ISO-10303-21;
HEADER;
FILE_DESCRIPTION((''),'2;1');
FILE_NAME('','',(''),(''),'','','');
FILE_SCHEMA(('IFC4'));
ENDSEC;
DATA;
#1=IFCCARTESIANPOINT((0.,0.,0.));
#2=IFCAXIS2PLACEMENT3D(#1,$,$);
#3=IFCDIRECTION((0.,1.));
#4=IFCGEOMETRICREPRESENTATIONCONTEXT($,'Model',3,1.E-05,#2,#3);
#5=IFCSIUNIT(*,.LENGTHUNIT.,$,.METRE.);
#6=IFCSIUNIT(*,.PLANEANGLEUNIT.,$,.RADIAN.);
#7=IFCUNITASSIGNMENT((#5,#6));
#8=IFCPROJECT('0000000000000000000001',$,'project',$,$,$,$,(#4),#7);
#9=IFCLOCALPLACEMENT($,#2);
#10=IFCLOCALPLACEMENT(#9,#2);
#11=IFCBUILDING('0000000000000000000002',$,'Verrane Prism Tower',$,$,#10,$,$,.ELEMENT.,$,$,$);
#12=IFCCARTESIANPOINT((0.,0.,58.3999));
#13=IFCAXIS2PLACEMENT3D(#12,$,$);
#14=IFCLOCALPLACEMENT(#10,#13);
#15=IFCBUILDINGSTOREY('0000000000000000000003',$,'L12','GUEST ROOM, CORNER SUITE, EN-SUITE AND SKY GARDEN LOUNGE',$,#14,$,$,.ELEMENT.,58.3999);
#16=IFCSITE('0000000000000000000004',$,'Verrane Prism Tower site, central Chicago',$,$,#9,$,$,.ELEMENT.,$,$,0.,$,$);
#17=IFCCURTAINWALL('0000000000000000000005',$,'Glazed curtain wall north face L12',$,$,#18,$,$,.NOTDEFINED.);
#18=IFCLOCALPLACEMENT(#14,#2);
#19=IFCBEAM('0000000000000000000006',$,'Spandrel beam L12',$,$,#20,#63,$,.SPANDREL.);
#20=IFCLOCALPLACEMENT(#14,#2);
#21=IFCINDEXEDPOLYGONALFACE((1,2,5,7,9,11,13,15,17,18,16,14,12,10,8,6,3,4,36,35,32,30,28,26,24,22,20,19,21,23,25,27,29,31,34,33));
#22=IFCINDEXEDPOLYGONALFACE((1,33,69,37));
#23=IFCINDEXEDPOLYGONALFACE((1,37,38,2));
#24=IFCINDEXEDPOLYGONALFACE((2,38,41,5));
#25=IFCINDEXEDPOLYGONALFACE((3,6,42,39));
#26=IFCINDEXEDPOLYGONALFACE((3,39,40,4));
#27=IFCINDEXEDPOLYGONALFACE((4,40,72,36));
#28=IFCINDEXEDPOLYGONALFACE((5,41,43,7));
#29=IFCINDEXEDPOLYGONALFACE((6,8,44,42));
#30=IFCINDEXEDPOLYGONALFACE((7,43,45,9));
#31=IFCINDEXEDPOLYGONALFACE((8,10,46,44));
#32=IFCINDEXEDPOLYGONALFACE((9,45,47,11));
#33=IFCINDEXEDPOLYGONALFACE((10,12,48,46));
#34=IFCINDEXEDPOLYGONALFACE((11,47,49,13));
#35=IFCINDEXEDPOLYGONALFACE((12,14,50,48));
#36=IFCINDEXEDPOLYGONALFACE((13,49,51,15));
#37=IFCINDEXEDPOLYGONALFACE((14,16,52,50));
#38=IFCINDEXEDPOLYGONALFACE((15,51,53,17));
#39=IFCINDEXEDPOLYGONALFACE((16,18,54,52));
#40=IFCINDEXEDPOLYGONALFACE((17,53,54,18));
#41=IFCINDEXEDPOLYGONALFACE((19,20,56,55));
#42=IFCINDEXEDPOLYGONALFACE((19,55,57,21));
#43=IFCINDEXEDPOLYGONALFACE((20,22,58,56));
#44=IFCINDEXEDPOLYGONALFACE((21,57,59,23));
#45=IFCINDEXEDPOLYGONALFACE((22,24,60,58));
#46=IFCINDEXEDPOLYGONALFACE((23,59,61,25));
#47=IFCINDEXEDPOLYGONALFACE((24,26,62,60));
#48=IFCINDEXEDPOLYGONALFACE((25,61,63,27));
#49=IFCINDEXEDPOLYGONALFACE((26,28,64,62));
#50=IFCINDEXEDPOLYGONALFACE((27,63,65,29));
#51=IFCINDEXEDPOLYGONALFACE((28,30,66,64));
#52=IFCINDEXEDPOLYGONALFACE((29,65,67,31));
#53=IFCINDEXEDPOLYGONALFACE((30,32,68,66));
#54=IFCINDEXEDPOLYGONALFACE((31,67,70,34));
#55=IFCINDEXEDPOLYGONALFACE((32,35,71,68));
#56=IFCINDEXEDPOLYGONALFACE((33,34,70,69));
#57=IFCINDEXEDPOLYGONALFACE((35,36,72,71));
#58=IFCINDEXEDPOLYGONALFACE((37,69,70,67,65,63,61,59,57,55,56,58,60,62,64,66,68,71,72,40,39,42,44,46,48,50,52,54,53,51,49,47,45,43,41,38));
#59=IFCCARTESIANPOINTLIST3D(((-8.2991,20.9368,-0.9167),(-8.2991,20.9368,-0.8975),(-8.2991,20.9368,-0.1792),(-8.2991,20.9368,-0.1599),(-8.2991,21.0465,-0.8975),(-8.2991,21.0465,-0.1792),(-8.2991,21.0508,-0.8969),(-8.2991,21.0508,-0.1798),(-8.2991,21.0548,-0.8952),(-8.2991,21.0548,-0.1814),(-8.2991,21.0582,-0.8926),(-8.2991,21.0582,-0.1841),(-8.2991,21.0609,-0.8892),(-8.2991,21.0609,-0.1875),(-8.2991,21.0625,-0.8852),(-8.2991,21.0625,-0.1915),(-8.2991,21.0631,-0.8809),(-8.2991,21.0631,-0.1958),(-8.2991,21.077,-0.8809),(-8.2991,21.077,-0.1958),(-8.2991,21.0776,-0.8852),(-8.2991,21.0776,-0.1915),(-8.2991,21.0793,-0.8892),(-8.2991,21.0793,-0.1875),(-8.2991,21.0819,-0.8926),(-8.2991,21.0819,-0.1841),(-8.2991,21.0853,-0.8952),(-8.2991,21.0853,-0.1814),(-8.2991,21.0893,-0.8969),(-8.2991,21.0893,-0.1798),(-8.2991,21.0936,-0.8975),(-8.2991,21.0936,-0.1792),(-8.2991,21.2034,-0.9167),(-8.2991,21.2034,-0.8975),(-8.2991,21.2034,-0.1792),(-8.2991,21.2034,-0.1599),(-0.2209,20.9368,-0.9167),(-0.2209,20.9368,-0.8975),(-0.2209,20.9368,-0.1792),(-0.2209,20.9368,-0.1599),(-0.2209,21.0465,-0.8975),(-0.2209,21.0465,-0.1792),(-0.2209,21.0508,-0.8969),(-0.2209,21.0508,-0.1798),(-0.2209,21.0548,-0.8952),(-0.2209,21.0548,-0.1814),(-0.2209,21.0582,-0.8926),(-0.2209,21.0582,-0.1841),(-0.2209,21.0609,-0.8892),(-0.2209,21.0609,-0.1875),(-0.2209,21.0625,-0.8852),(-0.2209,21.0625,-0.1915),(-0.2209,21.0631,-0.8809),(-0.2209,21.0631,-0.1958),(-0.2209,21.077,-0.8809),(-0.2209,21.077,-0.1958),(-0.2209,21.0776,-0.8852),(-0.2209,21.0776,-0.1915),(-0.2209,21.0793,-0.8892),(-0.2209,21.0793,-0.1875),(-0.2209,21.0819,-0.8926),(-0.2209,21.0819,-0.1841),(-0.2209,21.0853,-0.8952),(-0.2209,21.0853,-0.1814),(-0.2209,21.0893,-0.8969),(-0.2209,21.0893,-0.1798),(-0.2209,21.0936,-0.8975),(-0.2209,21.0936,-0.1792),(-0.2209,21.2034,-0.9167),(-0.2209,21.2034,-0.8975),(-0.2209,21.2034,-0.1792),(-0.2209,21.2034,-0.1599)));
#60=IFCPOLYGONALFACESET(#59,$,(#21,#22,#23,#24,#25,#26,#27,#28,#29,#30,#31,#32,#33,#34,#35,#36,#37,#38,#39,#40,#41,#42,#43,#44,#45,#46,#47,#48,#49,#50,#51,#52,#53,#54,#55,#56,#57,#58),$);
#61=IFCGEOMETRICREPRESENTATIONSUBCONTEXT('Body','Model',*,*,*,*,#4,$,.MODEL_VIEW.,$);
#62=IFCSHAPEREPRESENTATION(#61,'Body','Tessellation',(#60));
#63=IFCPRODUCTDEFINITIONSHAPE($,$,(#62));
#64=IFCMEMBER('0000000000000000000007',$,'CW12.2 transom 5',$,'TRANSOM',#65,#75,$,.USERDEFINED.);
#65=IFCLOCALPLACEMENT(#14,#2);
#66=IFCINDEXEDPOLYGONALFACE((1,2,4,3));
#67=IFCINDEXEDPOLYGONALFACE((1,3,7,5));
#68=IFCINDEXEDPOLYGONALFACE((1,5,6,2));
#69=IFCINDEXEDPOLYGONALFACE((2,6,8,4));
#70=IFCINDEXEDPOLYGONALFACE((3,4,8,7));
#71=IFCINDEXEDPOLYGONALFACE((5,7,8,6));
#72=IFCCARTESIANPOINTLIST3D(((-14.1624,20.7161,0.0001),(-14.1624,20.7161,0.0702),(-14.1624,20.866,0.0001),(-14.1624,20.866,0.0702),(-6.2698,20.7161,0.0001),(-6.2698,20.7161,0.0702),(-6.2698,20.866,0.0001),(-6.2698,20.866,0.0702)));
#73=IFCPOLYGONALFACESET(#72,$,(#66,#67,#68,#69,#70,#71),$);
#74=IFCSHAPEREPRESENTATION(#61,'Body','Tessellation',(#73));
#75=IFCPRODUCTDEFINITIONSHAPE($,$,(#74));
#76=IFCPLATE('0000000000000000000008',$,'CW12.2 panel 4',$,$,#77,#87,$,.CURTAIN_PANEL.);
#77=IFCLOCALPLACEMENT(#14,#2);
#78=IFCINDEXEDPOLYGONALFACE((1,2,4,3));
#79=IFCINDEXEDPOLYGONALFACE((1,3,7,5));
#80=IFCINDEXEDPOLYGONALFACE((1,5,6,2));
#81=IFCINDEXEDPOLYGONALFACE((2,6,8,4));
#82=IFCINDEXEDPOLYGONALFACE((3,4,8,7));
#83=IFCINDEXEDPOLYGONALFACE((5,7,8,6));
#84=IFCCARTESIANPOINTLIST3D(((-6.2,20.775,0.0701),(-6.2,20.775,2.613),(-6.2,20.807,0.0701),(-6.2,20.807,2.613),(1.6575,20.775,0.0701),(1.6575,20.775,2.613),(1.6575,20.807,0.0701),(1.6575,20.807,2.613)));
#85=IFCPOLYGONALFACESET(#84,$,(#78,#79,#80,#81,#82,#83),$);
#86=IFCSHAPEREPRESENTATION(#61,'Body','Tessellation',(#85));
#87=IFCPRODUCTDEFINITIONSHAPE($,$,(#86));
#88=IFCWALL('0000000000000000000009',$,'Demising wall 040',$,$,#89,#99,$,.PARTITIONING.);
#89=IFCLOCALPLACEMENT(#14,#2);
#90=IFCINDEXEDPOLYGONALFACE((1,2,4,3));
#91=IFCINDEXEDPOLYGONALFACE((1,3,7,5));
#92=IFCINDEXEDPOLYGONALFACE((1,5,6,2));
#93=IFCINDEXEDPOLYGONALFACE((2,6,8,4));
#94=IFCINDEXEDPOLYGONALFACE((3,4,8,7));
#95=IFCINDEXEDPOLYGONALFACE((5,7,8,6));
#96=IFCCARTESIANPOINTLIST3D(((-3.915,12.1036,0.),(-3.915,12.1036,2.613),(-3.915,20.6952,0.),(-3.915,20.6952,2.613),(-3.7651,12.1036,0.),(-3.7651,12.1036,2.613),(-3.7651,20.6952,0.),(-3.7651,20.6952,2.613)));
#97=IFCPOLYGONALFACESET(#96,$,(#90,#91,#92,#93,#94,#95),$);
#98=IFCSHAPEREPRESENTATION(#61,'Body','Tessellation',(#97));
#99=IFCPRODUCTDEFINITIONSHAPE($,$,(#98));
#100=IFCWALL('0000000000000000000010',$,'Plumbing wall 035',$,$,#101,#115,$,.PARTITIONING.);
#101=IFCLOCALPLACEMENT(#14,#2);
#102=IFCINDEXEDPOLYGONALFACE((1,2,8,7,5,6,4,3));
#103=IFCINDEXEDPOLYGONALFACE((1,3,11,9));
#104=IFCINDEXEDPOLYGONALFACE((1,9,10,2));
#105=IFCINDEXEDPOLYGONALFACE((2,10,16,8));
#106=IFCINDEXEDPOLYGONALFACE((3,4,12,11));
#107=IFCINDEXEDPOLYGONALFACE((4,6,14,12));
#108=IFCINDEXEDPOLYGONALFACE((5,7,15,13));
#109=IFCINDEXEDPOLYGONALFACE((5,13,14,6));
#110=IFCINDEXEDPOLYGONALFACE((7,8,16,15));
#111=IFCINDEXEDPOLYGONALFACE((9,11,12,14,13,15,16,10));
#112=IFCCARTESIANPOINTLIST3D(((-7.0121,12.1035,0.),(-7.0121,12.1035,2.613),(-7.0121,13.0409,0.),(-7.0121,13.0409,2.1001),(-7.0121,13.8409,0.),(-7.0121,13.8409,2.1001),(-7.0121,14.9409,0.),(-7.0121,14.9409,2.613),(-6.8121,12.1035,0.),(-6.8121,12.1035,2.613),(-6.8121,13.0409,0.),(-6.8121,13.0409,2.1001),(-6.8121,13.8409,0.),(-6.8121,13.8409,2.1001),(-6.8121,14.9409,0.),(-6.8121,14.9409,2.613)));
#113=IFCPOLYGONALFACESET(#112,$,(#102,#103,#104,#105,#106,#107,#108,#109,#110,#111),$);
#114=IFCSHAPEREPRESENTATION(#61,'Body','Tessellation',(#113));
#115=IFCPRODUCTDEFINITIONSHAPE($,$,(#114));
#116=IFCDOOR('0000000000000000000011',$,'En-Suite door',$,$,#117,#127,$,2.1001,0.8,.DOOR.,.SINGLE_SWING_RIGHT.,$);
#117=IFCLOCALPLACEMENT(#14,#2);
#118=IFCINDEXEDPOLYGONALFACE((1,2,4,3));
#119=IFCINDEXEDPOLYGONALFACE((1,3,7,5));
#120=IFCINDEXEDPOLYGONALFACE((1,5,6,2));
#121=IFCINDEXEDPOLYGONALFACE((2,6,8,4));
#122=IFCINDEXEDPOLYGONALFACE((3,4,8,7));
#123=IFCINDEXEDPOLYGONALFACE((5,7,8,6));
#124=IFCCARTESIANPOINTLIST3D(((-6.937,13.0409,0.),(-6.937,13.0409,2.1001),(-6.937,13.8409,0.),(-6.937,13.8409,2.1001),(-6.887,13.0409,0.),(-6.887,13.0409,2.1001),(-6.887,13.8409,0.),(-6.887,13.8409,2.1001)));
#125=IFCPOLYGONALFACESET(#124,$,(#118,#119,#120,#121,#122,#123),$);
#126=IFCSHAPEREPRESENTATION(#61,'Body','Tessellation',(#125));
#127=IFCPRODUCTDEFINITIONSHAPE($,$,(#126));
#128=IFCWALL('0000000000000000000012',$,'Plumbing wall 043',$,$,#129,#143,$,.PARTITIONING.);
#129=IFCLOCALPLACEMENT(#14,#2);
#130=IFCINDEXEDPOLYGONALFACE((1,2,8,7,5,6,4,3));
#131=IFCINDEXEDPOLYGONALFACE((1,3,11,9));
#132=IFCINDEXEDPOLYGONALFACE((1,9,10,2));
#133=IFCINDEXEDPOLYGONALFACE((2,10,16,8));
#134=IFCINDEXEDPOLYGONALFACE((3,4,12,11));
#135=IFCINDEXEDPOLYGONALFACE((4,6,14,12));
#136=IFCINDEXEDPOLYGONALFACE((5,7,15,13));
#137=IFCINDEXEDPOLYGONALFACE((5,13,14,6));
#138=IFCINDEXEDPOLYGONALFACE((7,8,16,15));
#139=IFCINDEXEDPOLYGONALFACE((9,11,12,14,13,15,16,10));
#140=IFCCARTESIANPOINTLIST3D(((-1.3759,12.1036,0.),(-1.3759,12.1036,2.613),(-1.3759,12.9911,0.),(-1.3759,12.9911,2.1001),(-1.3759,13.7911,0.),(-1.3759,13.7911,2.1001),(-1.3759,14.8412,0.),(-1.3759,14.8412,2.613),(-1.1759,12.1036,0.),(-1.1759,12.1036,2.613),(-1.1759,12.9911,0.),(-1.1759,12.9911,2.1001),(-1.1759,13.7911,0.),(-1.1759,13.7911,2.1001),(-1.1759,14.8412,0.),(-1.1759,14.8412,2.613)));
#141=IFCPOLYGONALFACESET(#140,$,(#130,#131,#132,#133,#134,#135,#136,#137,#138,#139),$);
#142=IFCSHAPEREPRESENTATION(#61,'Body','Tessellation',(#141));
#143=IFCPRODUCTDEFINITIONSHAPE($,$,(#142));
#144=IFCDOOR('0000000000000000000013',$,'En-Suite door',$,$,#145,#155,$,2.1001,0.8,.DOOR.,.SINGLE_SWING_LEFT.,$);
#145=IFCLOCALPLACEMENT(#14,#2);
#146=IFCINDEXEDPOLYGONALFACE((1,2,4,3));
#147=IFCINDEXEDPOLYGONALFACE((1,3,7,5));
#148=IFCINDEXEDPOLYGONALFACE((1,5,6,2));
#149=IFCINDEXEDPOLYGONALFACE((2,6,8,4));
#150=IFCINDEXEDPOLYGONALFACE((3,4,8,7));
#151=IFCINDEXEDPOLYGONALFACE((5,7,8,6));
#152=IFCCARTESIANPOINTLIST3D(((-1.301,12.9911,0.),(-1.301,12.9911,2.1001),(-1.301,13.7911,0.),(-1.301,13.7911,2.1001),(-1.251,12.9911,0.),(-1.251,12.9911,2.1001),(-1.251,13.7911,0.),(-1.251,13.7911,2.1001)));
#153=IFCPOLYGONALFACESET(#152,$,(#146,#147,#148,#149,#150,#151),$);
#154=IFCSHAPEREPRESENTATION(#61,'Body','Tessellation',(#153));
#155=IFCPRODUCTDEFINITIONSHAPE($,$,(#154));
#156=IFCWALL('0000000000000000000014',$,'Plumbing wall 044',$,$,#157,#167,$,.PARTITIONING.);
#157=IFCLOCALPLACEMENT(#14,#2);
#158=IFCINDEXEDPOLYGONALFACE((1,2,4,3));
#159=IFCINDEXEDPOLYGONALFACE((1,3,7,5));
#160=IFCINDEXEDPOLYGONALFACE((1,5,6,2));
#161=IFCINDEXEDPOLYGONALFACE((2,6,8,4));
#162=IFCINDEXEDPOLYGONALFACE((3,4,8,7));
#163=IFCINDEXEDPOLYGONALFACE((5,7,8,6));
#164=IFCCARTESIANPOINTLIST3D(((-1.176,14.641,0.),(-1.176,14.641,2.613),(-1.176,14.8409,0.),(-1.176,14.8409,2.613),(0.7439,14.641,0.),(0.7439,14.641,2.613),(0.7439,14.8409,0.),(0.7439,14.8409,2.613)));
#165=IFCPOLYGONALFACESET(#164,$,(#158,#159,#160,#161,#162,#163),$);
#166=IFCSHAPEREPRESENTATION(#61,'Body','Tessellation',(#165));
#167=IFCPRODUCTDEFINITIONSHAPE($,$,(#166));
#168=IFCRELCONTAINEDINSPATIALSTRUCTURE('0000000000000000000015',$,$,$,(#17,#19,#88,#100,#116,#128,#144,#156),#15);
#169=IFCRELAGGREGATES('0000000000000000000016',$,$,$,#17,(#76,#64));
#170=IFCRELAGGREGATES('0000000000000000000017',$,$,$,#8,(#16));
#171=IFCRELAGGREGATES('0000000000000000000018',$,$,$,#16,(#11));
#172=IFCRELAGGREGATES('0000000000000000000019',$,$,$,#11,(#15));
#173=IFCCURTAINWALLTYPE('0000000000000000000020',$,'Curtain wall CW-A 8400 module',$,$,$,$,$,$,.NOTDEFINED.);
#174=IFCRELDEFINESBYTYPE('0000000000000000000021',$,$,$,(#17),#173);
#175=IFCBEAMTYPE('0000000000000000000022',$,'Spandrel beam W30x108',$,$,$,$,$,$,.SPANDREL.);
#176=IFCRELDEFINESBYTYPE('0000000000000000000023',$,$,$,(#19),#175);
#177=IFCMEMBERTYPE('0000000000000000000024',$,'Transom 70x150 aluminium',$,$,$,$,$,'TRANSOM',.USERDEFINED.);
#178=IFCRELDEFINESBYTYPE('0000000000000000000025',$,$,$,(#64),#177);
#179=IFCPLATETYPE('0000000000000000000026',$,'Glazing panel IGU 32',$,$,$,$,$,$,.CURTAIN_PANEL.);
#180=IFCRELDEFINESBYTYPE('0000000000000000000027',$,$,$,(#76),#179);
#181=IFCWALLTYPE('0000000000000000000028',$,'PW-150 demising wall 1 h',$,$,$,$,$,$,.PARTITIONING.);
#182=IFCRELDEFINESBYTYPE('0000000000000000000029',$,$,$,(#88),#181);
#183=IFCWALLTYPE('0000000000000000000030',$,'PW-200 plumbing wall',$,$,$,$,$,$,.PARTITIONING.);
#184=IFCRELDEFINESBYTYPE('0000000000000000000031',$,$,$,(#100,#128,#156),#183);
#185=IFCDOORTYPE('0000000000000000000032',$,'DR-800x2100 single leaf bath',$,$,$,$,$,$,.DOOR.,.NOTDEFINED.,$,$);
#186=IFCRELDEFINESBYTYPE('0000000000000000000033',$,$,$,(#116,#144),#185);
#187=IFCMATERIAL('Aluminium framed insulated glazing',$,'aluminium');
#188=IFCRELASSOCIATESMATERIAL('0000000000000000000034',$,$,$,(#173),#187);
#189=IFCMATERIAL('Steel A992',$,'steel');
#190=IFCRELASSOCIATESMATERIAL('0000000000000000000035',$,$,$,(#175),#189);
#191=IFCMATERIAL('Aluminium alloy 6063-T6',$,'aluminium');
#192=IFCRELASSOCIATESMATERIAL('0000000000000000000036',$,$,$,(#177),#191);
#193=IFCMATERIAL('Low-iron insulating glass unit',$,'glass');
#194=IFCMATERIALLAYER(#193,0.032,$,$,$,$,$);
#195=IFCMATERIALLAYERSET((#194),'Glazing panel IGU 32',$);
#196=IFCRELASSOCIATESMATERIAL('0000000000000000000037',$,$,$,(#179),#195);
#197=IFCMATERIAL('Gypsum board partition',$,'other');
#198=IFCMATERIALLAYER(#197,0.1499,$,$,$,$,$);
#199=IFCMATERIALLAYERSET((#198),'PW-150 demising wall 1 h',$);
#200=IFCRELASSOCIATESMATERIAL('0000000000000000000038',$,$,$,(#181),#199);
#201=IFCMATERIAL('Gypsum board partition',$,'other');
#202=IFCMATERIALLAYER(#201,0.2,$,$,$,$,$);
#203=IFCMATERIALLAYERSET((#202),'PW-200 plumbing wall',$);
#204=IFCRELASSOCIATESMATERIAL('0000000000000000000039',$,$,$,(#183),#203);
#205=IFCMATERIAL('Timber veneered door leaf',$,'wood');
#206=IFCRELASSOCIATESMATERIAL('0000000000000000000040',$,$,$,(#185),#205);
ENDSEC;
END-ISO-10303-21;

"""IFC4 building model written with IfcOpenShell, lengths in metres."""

from ifc_helpers import new_model, si_unit, direction, frame, frame_2d, origin, origin_2d, place, context, subcontext, project, spatial, rectangle, i_section, extrude, material, layer, layer_set, material_profile, profile_set, type_object, element, fill, aggregate, save


model = new_model("IFC4")

# Units and contexts
model_context = context("Model", 3, precision=1e-05, world=origin(), true_north=direction((0.0, 1.0)))
body_context = subcontext(model_context, "Body", "Model", "MODEL_VIEW")
ifc_project = project(units=[si_unit("LENGTHUNIT", "METRE"), si_unit("PLANEANGLEUNIT", "RADIAN")], contexts=[model_context])

# Site, building, storey
site_placement = place(None, origin())
site = spatial("IfcSite", under=ifc_project, at=site_placement, Name="Verrane Prism Tower site, central Chicago", CompositionType="ELEMENT", RefElevation=0.0)
building_placement = place(site_placement, origin())
building = spatial("IfcBuilding", under=site, at=building_placement, Name="Verrane Prism Tower", CompositionType="ELEMENT")
storey_placement = place(building_placement, frame((0.0, 0.0, 58.3999)))
storey = spatial("IfcBuildingStorey", under=building, at=storey_placement, Name="L12", Description="GUEST ROOM, CORNER SUITE, EN-SUITE AND SKY GARDEN LOUNGE", CompositionType="ELEMENT", Elevation=58.3999)

# Curtain wall
ifc_material_1 = material(Name="Aluminium framed insulated glazing", Category="aluminium")
curtain_wall_type = type_object("IfcCurtainWallType", Name="Curtain wall CW-A 8400 module", PredefinedType="NOTDEFINED", material=ifc_material_1)
curtain_wall_placement = place(storey_placement, origin())
curtain_wall = element("IfcCurtainWall", 1, at=curtain_wall_placement, inside=storey, type_object=curtain_wall_type, Name="Glazed curtain wall north face L12", PredefinedType="NOTDEFINED")

# Beam
ifc_material_2 = material(Name="Steel A992", Category="steel")
ifc_material_profile_1 = material_profile(ifc_material_2, i_section(OverallWidth=0.2666, OverallDepth=0.7568, WebThickness=0.0139, FlangeThickness=0.0193, FilletRadius=0.0166, at=origin_2d()), Name="W30x108")
ifc_profile_set_1 = profile_set([ifc_material_profile_1], Name="Steel A992")
beam_type_1 = type_object("IfcBeamType", Name="Spandrel beam W30x108", PredefinedType="SPANDREL", material=ifc_profile_set_1)
beam_1_placement = place(storey_placement, frame((-0.2209, 21.0701, -0.5383), z_axis=(-1.0, 0.0, 0.0), x_axis=(0.0, -1.0, 0.0)))
element("IfcBeam", 2, at=beam_1_placement, inside=storey, type_object=beam_type_1, Name="Spandrel beam L12", PredefinedType="SPANDREL", context=body_context, shape_type="SweptSolid", body=[
    extrude(i_section(OverallWidth=0.2666, OverallDepth=0.7568, WebThickness=0.0139, FlangeThickness=0.0193, FilletRadius=0.0166, at=origin_2d()), origin(), (0.0, 0.0, 1.0), 8.0781),
])

# Member
ifc_material_3 = material(Name="Aluminium alloy 6063-T6", Category="aluminium")
ifc_material_profile_2 = material_profile(ifc_material_3, rectangle(XDim=0.1499, YDim=0.0701, at=origin_2d()), Name="Transom 70x150 aluminium")
ifc_profile_set_2 = profile_set([ifc_material_profile_2], Name="Aluminium alloy 6063-T6")
member_type_1 = type_object("IfcMemberType", Name="Transom 70x150 aluminium", ElementType="TRANSOM", PredefinedType="USERDEFINED", material=ifc_profile_set_2)
member_1_placement = place(storey_placement, frame((-6.2698, 20.791, 0.0352), z_axis=(-1.0, 0.0, 0.0), x_axis=(0.0, -1.0, 0.0)))
member_1 = element("IfcMember", 3, at=member_1_placement, type_object=member_type_1, Name="CW12.2 transom 5", ObjectType="TRANSOM", PredefinedType="USERDEFINED", context=body_context, shape_type="SweptSolid", body=[
    extrude(rectangle(XDim=0.1499, YDim=0.0701, at=origin_2d()), origin(), (0.0, 0.0, 1.0), 7.8926),
])

# Plate
ifc_material_4 = material(Name="Low-iron insulating glass unit", Category="glass")
ifc_layer_1 = layer(ifc_material_4, 0.032)
ifc_layer_set_1 = layer_set([ifc_layer_1], Name="Glazing panel IGU 32")
plate_type = type_object("IfcPlateType", Name="Glazing panel IGU 32", PredefinedType="CURTAIN_PANEL", material=ifc_layer_set_1)
plate_placement = place(storey_placement, frame((-2.2712, 20.791, 0.0701), z_axis=(0.0, 0.0, 1.0), x_axis=(-1.0, 0.0, 0.0)))
plate = element("IfcPlate", 4, at=plate_placement, type_object=plate_type, Name="CW12.2 panel 4", PredefinedType="CURTAIN_PANEL", context=body_context, shape_type="SweptSolid", body=[
    extrude(rectangle(XDim=7.8574, YDim=0.032, at=origin_2d()), origin(), (0.0, 0.0, 1.0), 2.543),
])
aggregate(curtain_wall, [plate, member_1])

# Wall
ifc_material_5 = material(Name="Gypsum board partition", Category="other")
ifc_layer_2 = layer(ifc_material_5, 0.1499)
ifc_layer_set_2 = layer_set([ifc_layer_2], Name="PW-150 demising wall 1 h")
wall_type_1 = type_object("IfcWallType", Name="PW-150 demising wall 1 h", PredefinedType="PARTITIONING", material=ifc_layer_set_2)
wall_1_placement = place(storey_placement, frame((-3.8401, 12.1035, 0.0), z_axis=(0.0, 0.0, 1.0), x_axis=(0.0, 1.0, 0.0)))
element("IfcWall", 5, at=wall_1_placement, inside=storey, type_object=wall_type_1, Name="Demising wall 040", PredefinedType="PARTITIONING", context=body_context, shape_type="SweptSolid", body=[
    extrude(rectangle(XDim=8.5916, YDim=0.1499, at=frame_2d((4.2959, 0.0))), origin(), (0.0, 0.0, 1.0), 2.613),
])

# Walls, openings, doors
ifc_material_6 = material(Name="Gypsum board partition", Category="other")
ifc_layer_3 = layer(ifc_material_6, 0.2)
ifc_layer_set_3 = layer_set([ifc_layer_3], Name="PW-200 plumbing wall")
wall_type_2 = type_object("IfcWallType", Name="PW-200 plumbing wall", PredefinedType="PARTITIONING", material=ifc_layer_set_3)
wall_2_placement = place(storey_placement, frame((-6.9121, 12.1035, 0.0), z_axis=(0.0, 0.0, 1.0), x_axis=(0.0, 1.0, 0.0)))
wall_2 = element("IfcWall", 6, at=wall_2_placement, inside=storey, type_object=wall_type_2, Name="Plumbing wall 035", PredefinedType="PARTITIONING", context=body_context, shape_type="SweptSolid", body=[
    extrude(rectangle(XDim=2.8374, YDim=0.2, at=frame_2d((1.4187, 0.0))), origin(), (0.0, 0.0, 1.0), 2.613),
])
opening_1_placement = place(wall_2_placement, frame((0.9375, 0.0, 0.0)))
opening_1 = element("IfcOpeningElement", 7, at=opening_1_placement, cuts=wall_2, PredefinedType="OPENING", context=body_context, shape_type="SweptSolid", body=[
    extrude(rectangle(XDim=0.8, YDim=2.1001, at=frame_2d((0.3999, 1.05))), frame((0.0, 0.1099, 0.0), z_axis=(0.0, -1.0, 0.0), x_axis=(1.0, 0.0, 0.0)), (0.0, 0.0, 1.0), 0.22),
])
ifc_material_7 = material(Name="Timber veneered door leaf", Category="wood")
door_type = type_object("IfcDoorType", Name="DR-800x2100 single leaf bath", OperationType="NOTDEFINED", PredefinedType="DOOR", material=ifc_material_7)
door_1_placement = place(opening_1_placement, origin())
door_1 = element("IfcDoor", 8, at=door_1_placement, inside=storey, type_object=door_type, Name="En-Suite door", OperationType="SINGLE_SWING_RIGHT", OverallHeight=2.1001, OverallWidth=0.8, PredefinedType="DOOR", context=body_context, shape_type="SweptSolid", body=[
    extrude(rectangle(XDim=0.8, YDim=2.1001, at=frame_2d((0.3999, 1.05))), frame((0.0, 0.0249, 0.0), z_axis=(0.0, -1.0, 0.0), x_axis=(1.0, 0.0, 0.0)), (0.0, 0.0, 1.0), 0.05),
])
fill(opening_1, door_1)
wall_3_placement = place(storey_placement, frame((-1.2759, 14.8411, 0.0), z_axis=(0.0, 0.0, 1.0), x_axis=(0.0, -1.0, 0.0)))
wall_3 = element("IfcWall", 9, at=wall_3_placement, inside=storey, type_object=wall_type_2, Name="Plumbing wall 043", PredefinedType="PARTITIONING", context=body_context, shape_type="SweptSolid", body=[
    extrude(rectangle(XDim=2.7375, YDim=0.2, at=frame_2d((1.3687, 0.0))), origin(), (0.0, 0.0, 1.0), 2.613),
])
opening_2_placement = place(wall_3_placement, frame((1.05, 0.0, 0.0)))
opening_2 = element("IfcOpeningElement", 10, at=opening_2_placement, cuts=wall_3, PredefinedType="OPENING", context=body_context, shape_type="SweptSolid", body=[
    extrude(rectangle(XDim=0.8, YDim=2.1001, at=frame_2d((0.3999, 1.05))), frame((0.0, 0.1099, 0.0), z_axis=(0.0, -1.0, 0.0), x_axis=(1.0, 0.0, 0.0)), (0.0, 0.0, 1.0), 0.22),
])
door_2_placement = place(opening_2_placement, origin())
door_2 = element("IfcDoor", 11, at=door_2_placement, inside=storey, type_object=door_type, Name="En-Suite door", OperationType="SINGLE_SWING_LEFT", OverallHeight=2.1001, OverallWidth=0.8, PredefinedType="DOOR", context=body_context, shape_type="SweptSolid", body=[
    extrude(rectangle(XDim=0.8, YDim=2.1001, at=frame_2d((0.3999, 1.05))), frame((0.0, 0.0249, 0.0), z_axis=(0.0, -1.0, 0.0), x_axis=(1.0, 0.0, 0.0)), (0.0, 0.0, 1.0), 0.05),
])
fill(opening_2, door_2)

# Wall
wall_4_placement = place(storey_placement, frame((-1.176, 14.741, 0.0), z_axis=(0.0, 0.0, 1.0), x_axis=(1.0, 0.0, 0.0)))
element("IfcWall", 12, at=wall_4_placement, inside=storey, type_object=wall_type_2, Name="Plumbing wall 044", PredefinedType="PARTITIONING", context=body_context, shape_type="SweptSolid", body=[
    extrude(rectangle(XDim=1.9199, YDim=0.2, at=frame_2d((0.96, 0.0))), origin(), (0.0, 0.0, 1.0), 2.613),
])

save(model, "model.ifc")
